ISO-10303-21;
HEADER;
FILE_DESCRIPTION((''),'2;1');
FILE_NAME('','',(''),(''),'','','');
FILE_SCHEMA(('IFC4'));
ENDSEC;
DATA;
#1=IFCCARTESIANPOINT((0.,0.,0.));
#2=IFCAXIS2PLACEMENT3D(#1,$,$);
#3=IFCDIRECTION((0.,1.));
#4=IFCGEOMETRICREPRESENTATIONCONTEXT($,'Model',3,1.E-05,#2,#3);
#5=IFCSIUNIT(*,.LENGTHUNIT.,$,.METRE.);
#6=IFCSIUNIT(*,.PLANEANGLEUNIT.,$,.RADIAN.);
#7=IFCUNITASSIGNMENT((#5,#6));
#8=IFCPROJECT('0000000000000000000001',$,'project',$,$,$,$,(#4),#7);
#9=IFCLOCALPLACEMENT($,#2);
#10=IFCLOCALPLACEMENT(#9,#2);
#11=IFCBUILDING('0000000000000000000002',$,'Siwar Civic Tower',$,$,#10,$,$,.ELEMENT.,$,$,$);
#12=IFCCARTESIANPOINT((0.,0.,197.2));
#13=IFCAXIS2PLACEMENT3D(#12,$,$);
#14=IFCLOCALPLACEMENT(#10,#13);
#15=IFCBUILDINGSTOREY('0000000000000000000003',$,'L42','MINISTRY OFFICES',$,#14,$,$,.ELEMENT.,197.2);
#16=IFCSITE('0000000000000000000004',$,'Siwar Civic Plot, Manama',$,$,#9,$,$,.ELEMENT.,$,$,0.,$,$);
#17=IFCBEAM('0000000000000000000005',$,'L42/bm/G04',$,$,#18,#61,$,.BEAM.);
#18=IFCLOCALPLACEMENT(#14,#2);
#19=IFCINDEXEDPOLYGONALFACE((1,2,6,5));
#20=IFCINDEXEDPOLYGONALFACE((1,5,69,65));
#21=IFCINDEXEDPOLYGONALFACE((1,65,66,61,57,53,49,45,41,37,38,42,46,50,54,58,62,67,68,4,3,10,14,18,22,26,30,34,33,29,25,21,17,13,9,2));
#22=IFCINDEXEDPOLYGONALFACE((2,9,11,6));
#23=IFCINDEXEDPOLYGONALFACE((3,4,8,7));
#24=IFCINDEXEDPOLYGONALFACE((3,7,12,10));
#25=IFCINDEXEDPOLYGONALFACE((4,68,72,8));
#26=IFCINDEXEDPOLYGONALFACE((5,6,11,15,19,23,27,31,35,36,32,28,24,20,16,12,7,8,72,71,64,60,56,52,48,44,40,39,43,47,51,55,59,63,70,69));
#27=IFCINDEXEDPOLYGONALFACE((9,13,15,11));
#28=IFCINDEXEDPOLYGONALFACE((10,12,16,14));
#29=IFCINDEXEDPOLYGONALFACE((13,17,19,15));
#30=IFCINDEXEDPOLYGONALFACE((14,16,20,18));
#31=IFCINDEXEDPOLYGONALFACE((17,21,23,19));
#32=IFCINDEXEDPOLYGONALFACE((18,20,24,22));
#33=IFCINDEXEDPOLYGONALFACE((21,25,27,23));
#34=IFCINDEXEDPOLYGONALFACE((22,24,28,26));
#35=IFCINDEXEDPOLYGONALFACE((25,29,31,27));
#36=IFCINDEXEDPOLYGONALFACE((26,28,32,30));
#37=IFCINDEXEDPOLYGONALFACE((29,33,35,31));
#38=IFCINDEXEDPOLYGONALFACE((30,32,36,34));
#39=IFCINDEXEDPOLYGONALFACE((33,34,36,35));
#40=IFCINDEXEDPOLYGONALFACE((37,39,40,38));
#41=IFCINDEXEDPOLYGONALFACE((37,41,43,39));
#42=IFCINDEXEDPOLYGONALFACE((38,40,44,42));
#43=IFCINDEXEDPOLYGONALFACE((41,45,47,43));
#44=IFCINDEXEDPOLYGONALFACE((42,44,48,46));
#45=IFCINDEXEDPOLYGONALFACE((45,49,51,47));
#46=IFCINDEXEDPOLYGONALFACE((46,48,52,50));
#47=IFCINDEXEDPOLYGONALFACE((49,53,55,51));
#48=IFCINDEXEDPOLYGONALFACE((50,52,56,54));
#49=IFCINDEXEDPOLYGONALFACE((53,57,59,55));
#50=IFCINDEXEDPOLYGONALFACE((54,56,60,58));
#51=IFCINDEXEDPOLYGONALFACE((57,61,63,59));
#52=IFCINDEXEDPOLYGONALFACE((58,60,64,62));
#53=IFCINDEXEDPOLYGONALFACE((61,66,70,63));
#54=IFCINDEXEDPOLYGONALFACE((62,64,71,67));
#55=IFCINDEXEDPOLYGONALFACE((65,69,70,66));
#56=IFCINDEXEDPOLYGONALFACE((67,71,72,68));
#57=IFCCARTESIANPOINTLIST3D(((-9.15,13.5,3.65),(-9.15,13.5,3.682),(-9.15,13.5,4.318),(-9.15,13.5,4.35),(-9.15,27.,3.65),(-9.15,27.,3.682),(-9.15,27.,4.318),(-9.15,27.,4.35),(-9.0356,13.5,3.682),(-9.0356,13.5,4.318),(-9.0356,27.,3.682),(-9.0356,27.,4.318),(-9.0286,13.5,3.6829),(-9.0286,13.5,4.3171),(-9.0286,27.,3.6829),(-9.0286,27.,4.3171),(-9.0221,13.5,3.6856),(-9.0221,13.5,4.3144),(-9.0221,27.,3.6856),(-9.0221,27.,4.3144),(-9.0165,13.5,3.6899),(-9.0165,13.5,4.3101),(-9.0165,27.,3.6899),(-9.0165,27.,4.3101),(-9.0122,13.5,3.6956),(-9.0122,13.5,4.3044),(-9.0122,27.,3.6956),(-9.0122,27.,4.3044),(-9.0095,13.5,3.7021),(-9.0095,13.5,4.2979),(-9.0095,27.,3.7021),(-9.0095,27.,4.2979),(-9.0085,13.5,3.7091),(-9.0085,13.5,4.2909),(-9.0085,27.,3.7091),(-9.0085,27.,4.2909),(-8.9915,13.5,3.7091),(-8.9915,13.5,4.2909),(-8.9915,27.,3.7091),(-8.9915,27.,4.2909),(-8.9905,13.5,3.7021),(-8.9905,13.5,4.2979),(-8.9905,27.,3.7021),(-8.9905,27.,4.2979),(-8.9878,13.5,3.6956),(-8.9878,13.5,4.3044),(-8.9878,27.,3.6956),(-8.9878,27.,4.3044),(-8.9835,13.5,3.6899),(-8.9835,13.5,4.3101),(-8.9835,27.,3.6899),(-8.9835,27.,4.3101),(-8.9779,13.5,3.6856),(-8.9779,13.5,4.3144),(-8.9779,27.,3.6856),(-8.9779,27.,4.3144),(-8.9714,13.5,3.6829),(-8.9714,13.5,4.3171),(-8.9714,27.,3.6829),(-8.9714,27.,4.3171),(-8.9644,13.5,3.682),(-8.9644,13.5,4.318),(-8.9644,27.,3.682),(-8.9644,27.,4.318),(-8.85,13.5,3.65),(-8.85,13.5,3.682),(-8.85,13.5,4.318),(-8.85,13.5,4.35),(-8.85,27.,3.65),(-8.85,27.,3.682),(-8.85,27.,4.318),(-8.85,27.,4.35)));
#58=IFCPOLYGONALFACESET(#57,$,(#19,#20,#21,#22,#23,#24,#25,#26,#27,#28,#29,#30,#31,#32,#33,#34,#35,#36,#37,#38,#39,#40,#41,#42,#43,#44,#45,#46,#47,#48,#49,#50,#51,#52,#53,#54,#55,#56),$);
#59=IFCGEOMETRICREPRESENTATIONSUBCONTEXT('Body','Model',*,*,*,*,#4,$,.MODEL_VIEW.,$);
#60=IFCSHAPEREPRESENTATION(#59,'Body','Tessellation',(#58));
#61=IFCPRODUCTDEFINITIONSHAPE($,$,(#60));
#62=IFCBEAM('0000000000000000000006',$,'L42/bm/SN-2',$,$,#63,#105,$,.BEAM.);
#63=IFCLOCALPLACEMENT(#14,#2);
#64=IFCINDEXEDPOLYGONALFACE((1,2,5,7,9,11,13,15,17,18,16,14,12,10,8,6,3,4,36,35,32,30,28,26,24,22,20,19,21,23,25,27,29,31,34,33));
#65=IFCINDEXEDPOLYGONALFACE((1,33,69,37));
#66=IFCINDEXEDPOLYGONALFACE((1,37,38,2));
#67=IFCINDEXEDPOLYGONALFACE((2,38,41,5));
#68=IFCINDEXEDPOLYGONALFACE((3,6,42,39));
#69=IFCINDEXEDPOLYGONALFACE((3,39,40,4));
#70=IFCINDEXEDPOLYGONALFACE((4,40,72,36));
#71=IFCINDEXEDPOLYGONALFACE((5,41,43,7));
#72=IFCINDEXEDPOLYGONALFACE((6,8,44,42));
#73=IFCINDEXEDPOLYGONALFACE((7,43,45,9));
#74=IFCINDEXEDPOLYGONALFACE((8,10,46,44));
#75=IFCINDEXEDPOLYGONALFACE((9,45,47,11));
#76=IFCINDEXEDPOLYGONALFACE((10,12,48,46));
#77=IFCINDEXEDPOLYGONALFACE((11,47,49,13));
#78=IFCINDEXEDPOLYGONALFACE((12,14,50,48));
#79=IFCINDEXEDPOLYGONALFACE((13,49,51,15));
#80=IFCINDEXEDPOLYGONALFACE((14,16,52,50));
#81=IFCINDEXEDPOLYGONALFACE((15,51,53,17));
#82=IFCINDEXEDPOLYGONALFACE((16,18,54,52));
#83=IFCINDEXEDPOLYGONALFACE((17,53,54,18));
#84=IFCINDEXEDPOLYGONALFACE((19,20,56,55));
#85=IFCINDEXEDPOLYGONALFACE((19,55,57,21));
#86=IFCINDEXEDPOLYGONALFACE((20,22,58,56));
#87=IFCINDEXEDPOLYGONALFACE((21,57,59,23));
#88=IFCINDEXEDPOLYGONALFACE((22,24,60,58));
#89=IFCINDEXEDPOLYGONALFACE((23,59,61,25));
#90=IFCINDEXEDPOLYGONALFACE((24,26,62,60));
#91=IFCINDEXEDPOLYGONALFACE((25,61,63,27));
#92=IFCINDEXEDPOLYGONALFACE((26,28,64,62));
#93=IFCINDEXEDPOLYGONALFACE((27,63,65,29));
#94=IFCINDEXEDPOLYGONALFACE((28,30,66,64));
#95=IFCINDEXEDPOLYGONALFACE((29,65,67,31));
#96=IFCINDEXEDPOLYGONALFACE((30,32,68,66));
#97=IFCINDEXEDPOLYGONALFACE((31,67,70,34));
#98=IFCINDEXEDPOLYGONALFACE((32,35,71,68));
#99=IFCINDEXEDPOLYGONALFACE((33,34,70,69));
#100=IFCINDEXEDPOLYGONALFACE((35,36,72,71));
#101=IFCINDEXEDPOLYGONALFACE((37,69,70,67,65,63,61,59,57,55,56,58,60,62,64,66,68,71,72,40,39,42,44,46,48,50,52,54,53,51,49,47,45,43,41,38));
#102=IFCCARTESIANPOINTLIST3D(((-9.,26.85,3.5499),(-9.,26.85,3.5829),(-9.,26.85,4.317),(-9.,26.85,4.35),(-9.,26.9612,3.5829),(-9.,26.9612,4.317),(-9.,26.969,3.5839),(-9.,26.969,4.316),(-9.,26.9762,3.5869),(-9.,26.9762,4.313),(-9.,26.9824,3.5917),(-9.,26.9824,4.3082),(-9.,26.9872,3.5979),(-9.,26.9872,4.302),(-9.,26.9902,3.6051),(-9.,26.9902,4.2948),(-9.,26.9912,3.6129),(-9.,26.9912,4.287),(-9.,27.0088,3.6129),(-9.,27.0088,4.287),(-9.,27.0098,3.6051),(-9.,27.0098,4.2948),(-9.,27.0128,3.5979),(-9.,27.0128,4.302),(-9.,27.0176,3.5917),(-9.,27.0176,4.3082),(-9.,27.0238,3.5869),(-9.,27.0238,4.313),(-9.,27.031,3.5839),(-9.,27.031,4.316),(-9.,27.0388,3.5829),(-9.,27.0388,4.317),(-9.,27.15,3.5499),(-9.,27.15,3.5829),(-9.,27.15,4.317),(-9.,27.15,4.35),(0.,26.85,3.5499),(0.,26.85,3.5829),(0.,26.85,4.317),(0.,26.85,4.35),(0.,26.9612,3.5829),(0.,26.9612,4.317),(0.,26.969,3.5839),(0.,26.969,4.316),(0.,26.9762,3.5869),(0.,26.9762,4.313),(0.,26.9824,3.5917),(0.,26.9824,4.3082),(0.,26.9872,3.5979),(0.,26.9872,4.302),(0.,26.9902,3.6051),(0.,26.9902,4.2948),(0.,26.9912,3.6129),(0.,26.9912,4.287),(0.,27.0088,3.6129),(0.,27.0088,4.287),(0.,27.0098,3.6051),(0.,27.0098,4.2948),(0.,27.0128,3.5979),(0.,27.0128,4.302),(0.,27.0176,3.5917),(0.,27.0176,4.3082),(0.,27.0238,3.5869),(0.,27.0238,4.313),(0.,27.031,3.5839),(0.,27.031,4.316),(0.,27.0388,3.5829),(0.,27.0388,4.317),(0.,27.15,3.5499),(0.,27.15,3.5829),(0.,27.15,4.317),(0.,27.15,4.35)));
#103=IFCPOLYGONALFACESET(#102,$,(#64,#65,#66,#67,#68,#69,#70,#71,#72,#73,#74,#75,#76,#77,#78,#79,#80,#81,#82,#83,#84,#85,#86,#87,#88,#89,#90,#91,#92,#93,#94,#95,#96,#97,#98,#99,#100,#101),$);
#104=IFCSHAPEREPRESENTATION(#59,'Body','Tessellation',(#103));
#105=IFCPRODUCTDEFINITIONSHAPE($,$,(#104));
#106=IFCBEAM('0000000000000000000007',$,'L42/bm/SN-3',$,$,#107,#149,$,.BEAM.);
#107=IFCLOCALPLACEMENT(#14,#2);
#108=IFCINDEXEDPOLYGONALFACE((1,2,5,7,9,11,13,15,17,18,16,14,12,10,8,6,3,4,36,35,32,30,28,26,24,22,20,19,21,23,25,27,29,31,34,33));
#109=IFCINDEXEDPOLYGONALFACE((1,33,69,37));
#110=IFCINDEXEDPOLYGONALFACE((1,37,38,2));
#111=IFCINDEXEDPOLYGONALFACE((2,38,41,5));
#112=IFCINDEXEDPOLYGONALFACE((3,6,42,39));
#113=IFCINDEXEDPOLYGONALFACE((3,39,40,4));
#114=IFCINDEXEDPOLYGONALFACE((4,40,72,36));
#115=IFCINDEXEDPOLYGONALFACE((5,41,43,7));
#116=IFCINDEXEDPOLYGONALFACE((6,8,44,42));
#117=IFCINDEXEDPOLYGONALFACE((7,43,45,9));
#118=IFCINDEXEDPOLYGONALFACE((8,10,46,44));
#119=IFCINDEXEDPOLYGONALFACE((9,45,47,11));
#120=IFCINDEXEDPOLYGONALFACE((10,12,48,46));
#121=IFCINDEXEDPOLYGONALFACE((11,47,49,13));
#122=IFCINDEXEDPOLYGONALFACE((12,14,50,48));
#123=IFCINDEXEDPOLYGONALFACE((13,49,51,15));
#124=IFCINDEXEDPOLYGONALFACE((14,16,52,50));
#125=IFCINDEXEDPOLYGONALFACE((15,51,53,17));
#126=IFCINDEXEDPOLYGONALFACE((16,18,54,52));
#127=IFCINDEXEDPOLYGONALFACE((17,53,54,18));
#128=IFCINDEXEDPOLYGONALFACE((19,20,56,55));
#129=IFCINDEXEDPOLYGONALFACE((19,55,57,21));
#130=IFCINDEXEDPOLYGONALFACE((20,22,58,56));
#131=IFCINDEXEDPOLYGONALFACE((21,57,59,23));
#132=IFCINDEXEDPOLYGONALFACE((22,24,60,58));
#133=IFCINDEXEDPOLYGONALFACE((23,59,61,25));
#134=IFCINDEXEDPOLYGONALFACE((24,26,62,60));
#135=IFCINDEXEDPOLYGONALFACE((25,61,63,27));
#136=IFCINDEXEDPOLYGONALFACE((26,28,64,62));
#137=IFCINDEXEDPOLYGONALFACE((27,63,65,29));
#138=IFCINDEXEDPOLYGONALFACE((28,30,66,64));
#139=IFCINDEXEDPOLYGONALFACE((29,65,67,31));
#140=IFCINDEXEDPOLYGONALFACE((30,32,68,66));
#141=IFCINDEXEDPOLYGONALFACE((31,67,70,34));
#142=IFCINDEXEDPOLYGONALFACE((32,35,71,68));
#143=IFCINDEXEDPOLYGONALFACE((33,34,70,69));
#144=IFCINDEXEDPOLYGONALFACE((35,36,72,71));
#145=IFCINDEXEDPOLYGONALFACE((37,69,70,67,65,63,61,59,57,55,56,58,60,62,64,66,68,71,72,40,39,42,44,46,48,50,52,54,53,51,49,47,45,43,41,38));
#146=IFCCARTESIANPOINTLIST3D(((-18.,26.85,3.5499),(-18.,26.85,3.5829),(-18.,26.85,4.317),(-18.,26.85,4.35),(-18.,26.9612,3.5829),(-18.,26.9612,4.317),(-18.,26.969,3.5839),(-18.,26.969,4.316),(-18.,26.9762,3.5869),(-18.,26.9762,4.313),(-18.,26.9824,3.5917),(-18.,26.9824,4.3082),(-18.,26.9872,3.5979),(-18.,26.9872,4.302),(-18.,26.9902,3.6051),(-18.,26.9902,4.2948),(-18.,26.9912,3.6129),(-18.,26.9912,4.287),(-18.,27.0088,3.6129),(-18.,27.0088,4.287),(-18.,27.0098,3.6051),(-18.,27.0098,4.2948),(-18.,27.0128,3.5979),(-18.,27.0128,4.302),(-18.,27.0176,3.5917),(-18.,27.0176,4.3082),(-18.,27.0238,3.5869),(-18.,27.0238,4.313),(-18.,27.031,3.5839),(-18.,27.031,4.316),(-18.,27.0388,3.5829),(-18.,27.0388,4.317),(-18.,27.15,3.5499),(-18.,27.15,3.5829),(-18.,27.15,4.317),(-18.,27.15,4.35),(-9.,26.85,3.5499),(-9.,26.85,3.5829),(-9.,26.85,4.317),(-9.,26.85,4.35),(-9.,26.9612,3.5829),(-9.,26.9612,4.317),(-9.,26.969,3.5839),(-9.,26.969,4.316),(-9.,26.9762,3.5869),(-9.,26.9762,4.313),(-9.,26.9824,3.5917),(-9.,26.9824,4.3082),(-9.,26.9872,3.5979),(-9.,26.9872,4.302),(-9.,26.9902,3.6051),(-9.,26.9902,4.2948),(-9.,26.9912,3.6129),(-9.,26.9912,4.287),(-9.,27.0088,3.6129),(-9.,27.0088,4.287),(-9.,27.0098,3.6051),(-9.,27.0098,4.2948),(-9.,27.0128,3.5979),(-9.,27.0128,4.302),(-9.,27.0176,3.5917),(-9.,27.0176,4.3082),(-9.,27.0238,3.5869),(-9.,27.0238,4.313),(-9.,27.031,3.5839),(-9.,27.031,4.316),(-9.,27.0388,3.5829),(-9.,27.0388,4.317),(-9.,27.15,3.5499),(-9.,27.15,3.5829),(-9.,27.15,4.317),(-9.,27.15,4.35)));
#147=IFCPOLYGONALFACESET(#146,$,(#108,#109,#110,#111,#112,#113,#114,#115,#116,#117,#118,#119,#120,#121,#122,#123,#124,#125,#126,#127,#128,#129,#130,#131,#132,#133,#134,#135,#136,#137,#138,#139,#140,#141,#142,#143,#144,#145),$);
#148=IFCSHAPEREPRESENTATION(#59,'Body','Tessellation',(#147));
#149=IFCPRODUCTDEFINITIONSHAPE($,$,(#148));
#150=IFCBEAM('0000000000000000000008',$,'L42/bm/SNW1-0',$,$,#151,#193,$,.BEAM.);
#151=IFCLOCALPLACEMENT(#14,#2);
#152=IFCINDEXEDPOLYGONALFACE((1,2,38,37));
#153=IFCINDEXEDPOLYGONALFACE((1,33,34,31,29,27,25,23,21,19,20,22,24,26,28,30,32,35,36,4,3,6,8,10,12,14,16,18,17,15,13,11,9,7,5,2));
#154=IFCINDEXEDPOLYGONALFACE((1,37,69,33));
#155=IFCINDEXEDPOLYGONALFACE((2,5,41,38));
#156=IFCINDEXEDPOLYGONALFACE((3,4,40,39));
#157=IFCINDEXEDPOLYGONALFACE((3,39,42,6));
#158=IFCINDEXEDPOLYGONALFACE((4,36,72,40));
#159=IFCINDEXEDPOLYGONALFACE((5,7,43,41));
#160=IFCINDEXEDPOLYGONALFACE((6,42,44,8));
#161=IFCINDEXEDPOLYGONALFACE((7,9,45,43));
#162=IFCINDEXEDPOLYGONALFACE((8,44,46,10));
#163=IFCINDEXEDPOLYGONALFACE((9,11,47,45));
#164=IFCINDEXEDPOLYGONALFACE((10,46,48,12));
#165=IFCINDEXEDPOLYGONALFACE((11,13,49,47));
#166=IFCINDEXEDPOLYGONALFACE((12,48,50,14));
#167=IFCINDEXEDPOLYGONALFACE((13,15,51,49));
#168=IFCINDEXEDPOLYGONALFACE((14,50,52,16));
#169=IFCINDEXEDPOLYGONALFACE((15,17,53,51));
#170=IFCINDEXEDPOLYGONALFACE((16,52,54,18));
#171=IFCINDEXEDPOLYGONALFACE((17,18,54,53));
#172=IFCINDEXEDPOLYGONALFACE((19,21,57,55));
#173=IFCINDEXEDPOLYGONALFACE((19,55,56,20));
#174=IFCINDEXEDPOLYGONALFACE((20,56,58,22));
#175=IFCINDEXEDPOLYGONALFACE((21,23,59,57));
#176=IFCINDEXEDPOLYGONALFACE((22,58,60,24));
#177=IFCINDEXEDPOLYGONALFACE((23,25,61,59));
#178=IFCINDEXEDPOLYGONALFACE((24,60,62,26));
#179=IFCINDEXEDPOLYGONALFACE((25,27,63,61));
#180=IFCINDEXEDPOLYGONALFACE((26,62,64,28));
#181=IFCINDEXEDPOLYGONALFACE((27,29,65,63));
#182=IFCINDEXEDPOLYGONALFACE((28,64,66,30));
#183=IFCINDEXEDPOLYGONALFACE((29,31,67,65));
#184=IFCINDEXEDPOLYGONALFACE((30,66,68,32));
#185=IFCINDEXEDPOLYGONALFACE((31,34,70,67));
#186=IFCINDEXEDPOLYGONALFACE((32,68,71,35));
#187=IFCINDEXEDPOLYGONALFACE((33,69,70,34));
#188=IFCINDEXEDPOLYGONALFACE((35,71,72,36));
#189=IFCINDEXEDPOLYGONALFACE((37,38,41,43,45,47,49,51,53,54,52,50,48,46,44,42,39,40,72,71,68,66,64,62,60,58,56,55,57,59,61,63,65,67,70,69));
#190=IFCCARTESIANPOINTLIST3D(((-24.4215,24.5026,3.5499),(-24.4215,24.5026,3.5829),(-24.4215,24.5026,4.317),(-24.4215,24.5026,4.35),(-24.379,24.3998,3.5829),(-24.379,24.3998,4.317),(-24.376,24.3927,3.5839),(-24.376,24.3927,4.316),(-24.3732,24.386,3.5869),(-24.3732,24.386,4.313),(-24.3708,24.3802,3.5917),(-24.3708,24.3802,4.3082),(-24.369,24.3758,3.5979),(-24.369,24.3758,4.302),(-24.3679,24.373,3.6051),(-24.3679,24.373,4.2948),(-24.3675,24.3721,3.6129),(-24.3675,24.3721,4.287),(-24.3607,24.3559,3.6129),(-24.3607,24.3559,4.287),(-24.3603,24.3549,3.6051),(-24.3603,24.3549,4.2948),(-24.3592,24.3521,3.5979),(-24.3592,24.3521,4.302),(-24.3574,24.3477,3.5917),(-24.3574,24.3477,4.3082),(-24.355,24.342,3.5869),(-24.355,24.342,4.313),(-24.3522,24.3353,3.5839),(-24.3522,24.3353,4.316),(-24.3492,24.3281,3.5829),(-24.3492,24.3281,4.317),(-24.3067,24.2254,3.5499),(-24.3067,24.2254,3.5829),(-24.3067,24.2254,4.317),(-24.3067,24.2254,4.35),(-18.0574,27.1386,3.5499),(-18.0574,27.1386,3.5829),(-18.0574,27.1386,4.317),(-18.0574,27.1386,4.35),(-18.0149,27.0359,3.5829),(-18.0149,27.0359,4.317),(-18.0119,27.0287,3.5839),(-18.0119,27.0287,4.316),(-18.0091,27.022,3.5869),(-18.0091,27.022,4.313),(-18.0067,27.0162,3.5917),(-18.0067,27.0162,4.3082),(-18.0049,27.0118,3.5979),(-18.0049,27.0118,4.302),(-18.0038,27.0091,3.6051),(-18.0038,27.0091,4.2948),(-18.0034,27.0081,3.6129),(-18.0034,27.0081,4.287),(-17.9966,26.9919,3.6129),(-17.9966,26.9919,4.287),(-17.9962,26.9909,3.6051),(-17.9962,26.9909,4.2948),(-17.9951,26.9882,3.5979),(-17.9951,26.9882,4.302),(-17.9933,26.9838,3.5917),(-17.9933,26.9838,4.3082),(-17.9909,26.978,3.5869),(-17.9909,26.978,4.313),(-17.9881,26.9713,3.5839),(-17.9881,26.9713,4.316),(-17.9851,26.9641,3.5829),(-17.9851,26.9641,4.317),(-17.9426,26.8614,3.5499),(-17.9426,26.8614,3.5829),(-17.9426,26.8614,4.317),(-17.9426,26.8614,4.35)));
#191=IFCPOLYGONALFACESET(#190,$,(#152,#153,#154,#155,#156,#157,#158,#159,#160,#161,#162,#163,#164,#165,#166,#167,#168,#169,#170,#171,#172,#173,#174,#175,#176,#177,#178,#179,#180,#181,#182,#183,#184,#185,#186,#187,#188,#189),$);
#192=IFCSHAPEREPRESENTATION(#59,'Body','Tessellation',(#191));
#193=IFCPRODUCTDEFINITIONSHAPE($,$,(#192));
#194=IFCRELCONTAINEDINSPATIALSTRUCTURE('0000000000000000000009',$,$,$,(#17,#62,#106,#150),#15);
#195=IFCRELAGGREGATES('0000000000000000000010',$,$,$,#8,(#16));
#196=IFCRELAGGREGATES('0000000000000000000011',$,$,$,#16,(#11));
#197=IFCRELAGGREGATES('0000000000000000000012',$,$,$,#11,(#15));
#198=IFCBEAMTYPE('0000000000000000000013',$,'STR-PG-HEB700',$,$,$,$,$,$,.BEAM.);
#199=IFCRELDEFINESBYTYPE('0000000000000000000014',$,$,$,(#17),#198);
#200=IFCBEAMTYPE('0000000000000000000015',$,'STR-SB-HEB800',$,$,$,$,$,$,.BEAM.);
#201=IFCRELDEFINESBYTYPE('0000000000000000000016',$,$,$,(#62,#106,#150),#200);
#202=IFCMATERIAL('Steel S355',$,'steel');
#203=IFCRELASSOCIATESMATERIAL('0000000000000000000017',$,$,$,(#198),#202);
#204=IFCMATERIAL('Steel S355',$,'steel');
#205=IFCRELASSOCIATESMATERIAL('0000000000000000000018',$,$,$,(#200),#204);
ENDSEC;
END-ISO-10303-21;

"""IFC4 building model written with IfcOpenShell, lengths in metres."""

from ifc_helpers import new_model, si_unit, direction, frame, origin, origin_2d, place, context, subcontext, project, spatial, i_section, extrude, material, material_profile, profile_set, type_object, element, save


model = new_model("IFC4")

# Units and contexts
model_context = context("Model", 3, precision=1e-05, world=origin(), true_north=direction((0.0, 1.0)))
body_context = subcontext(model_context, "Body", "Model", "MODEL_VIEW")
ifc_project = project(units=[si_unit("LENGTHUNIT", "METRE"), si_unit("PLANEANGLEUNIT", "RADIAN")], contexts=[model_context])

# Site, building, storey
site_placement = place(None, origin())
site = spatial("IfcSite", under=ifc_project, at=site_placement, Name="Siwar Civic Plot, Manama", CompositionType="ELEMENT", RefElevation=0.0)
building_placement = place(site_placement, origin())
building = spatial("IfcBuilding", under=site, at=building_placement, Name="Siwar Civic Tower", CompositionType="ELEMENT")
storey_placement = place(building_placement, frame((0.0, 0.0, 197.2)))
storey = spatial("IfcBuildingStorey", under=building, at=storey_placement, Name="L42", Description="MINISTRY OFFICES", CompositionType="ELEMENT", Elevation=197.2)

# Beams
ifc_material_1 = material(Name="Steel S355", Category="steel")
ifc_material_profile_1 = material_profile(ifc_material_1, i_section(OverallWidth=0.3, OverallDepth=0.7, WebThickness=0.0171, FlangeThickness=0.032, FilletRadius=0.0271, at=origin_2d()), Name="HEB700")
ifc_profile_set_1 = profile_set([ifc_material_profile_1], Name="Steel S355")
beam_type_1 = type_object("IfcBeamType", Name="STR-PG-HEB700", PredefinedType="BEAM", material=ifc_profile_set_1)
beam_1_placement = place(storey_placement, frame((-9.0, 13.5, 4.0), z_axis=(0.0, 1.0, 0.0), x_axis=(-1.0, 0.0, 0.0)))
element("IfcBeam", 1, at=beam_1_placement, inside=storey, type_object=beam_type_1, Name="L42/bm/G04", PredefinedType="BEAM", context=body_context, shape_type="SweptSolid", body=[
    extrude(i_section(OverallWidth=0.3, OverallDepth=0.7, WebThickness=0.0171, FlangeThickness=0.032, FilletRadius=0.0271, at=origin_2d()), origin(), (0.0, 0.0, 1.0), 13.5),
])
ifc_material_2 = material(Name="Steel S355", Category="steel")
ifc_material_profile_2 = material_profile(ifc_material_2, i_section(OverallWidth=0.3, OverallDepth=0.8, WebThickness=0.0176, FlangeThickness=0.033, FilletRadius=0.03, at=origin_2d()), Name="HEB800")
ifc_profile_set_2 = profile_set([ifc_material_profile_2], Name="Steel S355")
beam_type_2 = type_object("IfcBeamType", Name="STR-SB-HEB800", PredefinedType="BEAM", material=ifc_profile_set_2)
for number, where, z_axis, x_axis, name in (
    (2, (0.0, 27.0, 3.95), (-1.0, 0.0, 0.0), (0.0, -1.0, 0.0), "L42/bm/SN-2"),
    (3, (-9.0, 27.0, 3.95), (-1.0, 0.0, 0.0), (0.0, -1.0, 0.0), "L42/bm/SN-3"),
):
    element("IfcBeam", number, at=place(storey_placement, frame(where, z_axis=z_axis, x_axis=x_axis)), inside=storey, type_object=beam_type_2, Name=name, PredefinedType="BEAM", context=body_context, shape_type="SweptSolid", body=[
        extrude(i_section(OverallWidth=0.3, OverallDepth=0.8, WebThickness=0.0176, FlangeThickness=0.033, FilletRadius=0.03, at=origin_2d()), origin(), (0.0, 0.0, 1.0), 9.0),
    ])
beam_2_placement = place(storey_placement, frame((-18.0, 27.0, 3.95), z_axis=(-0.923883, -0.382674, 0.0), x_axis=(0.382674, -0.923883, 0.0)))
element("IfcBeam", 4, at=beam_2_placement, inside=storey, type_object=beam_type_2, Name="L42/bm/SNW1-0", PredefinedType="BEAM", context=body_context, shape_type="SweptSolid", body=[
    extrude(i_section(OverallWidth=0.3, OverallDepth=0.8, WebThickness=0.0176, FlangeThickness=0.033, FilletRadius=0.03, at=origin_2d()), origin(), (0.0, 0.0, 1.0), 6.8884),
])

save(model, "model.ifc")
